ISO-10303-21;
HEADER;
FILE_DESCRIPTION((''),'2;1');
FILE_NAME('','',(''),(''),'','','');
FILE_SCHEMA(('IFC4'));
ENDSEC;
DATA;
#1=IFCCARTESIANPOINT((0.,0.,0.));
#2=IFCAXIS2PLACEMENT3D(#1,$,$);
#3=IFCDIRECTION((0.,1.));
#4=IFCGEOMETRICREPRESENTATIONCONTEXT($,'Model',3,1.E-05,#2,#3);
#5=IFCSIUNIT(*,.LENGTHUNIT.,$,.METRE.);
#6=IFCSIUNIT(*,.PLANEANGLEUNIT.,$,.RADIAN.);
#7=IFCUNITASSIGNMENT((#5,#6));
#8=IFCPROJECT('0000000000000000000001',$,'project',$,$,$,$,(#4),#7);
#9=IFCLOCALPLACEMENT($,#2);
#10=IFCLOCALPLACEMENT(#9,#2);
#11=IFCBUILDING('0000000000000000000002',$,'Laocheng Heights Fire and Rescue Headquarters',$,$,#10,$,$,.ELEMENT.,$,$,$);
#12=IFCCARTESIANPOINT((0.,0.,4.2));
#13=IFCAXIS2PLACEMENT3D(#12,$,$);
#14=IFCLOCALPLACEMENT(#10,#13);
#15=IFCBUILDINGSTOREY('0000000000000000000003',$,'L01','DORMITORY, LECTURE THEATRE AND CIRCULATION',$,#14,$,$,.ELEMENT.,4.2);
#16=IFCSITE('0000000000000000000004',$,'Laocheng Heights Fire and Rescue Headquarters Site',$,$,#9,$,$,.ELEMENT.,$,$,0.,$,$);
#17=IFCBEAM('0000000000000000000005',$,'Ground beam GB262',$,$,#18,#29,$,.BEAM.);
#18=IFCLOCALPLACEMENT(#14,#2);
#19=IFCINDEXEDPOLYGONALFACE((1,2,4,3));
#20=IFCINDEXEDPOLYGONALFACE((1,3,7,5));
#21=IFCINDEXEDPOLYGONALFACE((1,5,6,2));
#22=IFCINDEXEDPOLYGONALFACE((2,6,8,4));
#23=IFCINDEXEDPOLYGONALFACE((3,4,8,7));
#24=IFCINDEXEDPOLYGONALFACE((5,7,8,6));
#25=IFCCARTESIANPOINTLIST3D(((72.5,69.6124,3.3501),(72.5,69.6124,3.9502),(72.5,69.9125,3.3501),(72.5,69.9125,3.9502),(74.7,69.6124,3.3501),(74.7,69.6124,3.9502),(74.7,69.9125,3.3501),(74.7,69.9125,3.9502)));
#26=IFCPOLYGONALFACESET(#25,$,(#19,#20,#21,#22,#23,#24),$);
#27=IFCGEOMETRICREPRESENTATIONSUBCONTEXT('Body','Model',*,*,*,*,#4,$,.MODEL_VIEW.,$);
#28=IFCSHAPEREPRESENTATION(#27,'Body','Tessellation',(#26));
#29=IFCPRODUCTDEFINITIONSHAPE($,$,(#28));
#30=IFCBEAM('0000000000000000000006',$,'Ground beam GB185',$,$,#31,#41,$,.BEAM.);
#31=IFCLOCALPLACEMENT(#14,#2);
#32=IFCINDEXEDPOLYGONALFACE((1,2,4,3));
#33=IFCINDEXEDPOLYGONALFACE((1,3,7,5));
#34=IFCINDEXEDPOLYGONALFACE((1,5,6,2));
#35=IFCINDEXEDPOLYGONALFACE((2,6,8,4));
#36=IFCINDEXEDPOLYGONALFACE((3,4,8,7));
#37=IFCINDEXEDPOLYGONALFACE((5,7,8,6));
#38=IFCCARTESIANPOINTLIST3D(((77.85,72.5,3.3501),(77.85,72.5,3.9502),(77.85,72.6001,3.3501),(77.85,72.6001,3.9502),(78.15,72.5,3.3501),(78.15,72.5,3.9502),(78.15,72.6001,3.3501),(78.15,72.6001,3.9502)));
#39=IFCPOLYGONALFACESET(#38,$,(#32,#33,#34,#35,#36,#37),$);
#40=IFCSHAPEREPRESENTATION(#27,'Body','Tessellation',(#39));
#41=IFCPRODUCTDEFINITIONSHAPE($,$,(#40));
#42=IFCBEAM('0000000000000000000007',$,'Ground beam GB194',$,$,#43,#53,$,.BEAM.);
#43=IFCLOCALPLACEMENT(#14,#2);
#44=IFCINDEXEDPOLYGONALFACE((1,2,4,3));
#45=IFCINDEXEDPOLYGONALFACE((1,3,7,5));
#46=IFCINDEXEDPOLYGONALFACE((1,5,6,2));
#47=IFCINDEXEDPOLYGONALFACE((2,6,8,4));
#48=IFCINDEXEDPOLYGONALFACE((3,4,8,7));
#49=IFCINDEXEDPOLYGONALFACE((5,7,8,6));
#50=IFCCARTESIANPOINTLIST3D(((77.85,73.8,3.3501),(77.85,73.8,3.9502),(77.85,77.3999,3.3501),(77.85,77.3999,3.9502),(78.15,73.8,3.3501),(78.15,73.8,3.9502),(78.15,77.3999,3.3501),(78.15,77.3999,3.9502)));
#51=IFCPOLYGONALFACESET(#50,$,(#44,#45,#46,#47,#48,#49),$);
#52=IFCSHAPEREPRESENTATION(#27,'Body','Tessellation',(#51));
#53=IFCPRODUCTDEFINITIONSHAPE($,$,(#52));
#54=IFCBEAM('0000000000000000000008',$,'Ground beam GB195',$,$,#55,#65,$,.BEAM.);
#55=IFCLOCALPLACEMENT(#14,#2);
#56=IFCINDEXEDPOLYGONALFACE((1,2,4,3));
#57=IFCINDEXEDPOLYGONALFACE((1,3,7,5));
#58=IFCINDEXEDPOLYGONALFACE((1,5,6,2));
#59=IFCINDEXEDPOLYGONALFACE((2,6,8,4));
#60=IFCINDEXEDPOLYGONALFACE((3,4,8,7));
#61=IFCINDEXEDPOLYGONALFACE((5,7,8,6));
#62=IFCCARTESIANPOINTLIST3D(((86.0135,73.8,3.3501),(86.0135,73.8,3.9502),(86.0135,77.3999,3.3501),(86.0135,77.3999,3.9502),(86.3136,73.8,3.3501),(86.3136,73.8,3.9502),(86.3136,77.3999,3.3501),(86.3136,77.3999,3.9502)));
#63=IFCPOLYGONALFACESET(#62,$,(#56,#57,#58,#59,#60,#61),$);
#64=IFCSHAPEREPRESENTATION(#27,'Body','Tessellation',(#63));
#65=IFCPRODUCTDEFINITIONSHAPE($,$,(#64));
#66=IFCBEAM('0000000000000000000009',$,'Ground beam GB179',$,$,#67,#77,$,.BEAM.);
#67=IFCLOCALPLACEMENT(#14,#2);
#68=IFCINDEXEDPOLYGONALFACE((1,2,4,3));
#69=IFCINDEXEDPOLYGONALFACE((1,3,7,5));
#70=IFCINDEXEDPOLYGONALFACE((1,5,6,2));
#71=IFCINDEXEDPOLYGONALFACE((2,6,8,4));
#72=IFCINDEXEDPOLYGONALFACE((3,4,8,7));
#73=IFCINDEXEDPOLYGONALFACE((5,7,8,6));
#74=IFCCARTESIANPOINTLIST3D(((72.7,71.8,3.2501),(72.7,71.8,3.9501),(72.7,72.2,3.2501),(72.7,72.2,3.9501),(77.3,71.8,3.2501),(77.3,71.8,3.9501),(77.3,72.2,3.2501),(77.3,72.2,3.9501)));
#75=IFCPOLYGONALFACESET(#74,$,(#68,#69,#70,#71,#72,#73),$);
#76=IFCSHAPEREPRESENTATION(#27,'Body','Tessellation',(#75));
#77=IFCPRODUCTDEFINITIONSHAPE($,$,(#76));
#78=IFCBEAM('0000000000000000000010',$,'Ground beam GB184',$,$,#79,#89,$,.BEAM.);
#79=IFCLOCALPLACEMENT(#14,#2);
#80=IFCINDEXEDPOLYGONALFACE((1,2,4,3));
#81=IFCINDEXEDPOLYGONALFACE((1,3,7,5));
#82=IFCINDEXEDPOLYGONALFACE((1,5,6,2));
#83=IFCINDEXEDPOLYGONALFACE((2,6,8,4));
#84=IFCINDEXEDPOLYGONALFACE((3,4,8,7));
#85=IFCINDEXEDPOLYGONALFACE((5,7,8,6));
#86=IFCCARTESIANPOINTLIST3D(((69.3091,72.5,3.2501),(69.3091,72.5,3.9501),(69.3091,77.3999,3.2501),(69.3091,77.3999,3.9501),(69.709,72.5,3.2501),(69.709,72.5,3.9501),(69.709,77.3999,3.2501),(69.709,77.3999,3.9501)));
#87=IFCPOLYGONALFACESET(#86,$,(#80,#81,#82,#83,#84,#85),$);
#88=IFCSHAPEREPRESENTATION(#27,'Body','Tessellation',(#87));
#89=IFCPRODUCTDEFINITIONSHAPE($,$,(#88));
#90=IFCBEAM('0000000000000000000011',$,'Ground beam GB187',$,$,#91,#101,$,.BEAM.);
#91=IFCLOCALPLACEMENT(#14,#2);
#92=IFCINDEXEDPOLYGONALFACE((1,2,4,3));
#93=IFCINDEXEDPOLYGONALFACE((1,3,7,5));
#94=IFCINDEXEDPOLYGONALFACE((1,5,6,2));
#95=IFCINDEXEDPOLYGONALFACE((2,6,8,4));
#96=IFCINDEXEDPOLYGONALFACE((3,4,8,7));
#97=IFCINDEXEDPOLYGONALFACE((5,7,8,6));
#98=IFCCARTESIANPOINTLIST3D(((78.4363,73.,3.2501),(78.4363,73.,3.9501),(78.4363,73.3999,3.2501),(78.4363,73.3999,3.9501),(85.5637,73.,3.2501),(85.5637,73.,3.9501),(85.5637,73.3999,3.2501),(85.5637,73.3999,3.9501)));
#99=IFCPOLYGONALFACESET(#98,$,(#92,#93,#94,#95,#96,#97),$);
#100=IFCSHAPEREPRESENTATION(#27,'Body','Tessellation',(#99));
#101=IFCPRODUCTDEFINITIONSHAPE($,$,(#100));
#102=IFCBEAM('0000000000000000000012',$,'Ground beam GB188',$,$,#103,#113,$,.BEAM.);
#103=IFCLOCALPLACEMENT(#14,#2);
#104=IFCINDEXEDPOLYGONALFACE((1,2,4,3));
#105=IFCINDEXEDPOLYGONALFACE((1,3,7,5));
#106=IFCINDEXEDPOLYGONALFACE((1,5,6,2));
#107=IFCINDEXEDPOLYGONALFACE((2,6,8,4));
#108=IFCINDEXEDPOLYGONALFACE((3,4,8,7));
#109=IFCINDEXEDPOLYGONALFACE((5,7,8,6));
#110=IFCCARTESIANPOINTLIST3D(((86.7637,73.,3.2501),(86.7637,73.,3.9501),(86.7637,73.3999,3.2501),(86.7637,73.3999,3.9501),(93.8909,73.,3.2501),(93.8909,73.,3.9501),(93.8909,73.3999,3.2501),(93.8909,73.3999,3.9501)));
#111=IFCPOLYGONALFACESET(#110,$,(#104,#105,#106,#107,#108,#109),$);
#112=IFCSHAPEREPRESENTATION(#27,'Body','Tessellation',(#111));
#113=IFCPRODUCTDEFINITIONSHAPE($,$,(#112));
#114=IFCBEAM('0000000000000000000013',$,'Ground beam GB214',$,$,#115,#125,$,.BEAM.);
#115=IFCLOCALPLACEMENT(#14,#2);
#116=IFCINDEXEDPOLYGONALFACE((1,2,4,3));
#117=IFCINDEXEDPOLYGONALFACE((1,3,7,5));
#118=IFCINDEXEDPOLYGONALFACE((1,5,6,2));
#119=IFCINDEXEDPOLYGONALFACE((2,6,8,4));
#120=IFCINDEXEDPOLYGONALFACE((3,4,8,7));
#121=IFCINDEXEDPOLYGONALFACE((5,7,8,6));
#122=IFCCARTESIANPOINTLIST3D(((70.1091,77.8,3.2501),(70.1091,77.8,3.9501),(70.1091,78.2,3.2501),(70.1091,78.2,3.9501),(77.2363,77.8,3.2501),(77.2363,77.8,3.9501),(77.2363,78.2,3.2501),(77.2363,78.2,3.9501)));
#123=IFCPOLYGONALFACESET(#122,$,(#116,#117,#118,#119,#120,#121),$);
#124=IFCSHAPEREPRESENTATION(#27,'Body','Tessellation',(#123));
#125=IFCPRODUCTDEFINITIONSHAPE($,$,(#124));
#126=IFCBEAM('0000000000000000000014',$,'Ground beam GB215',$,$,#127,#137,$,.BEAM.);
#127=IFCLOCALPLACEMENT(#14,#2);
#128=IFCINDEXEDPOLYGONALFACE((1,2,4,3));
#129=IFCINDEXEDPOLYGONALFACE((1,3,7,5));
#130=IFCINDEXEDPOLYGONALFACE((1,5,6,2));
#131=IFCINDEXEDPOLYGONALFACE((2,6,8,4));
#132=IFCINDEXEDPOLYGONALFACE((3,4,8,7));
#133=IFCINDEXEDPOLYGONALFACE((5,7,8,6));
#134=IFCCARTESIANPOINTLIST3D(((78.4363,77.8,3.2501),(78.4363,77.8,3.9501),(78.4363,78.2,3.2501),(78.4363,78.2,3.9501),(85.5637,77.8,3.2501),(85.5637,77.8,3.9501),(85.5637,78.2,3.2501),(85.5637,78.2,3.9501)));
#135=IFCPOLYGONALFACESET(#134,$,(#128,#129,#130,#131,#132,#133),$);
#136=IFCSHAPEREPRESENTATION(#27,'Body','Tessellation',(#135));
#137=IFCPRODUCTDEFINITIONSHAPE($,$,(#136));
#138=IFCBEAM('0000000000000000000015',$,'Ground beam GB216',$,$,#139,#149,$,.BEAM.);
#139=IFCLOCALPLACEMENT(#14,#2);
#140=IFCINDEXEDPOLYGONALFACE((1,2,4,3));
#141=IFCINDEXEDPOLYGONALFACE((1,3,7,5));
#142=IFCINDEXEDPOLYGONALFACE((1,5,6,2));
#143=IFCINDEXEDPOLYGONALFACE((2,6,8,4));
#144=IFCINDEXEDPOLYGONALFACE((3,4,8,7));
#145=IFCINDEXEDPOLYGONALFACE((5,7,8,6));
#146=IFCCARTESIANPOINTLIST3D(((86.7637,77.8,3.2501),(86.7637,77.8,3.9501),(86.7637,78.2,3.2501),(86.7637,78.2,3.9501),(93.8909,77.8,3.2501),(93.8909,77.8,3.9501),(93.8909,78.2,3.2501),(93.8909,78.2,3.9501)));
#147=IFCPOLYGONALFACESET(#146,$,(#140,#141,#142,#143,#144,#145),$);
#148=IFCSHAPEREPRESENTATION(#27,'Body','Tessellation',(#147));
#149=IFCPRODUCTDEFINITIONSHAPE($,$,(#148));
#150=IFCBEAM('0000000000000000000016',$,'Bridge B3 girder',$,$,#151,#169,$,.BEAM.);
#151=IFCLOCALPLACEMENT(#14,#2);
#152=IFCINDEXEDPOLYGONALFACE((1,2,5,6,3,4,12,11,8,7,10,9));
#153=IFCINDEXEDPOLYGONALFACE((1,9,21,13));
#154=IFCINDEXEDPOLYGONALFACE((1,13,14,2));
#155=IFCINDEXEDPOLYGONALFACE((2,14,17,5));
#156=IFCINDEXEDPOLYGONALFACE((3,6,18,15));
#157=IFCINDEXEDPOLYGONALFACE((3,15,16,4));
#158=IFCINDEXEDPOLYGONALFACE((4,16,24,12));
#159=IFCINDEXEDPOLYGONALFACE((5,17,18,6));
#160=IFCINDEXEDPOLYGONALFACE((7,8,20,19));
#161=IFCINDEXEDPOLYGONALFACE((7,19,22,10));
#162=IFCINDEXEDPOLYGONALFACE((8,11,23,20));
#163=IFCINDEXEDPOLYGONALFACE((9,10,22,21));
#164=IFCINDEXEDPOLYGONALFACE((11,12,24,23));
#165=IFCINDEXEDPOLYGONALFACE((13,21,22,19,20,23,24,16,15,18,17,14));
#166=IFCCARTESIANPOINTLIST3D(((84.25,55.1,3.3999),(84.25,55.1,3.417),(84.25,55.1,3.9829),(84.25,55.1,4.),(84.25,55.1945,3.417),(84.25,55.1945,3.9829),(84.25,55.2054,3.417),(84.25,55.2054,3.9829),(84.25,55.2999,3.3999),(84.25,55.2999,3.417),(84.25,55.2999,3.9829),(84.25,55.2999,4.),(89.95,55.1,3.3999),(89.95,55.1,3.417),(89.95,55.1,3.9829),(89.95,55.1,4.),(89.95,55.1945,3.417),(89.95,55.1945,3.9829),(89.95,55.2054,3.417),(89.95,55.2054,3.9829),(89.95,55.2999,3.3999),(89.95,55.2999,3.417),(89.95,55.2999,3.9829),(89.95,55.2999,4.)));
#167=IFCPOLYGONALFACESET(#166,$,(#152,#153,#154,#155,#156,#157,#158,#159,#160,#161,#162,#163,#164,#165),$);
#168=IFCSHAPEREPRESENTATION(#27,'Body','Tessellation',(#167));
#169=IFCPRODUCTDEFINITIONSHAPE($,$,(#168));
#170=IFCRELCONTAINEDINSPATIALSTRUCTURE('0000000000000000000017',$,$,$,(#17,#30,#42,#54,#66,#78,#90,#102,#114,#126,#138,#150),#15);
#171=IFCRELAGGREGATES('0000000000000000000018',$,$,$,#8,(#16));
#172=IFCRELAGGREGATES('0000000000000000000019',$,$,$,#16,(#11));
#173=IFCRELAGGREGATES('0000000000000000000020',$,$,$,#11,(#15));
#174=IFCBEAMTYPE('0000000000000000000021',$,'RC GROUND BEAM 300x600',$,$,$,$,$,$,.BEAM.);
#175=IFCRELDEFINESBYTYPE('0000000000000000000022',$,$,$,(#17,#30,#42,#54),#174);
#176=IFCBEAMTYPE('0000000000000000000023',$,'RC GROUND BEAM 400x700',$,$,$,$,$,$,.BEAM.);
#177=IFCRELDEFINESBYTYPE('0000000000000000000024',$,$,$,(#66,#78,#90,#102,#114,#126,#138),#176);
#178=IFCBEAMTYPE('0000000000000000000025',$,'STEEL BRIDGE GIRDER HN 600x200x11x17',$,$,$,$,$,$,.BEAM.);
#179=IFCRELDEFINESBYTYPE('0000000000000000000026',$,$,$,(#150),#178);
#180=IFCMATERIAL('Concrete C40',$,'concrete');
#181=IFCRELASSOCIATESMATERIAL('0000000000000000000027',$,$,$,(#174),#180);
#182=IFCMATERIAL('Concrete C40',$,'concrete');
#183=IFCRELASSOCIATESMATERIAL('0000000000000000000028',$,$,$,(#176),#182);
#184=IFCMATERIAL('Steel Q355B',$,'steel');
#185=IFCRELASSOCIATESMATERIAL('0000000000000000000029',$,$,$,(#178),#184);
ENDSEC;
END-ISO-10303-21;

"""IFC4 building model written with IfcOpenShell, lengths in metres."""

from ifc_helpers import new_model, si_unit, direction, frame, origin, origin_2d, place, context, subcontext, project, spatial, rectangle, i_section, extrude, material, material_profile, profile_set, type_object, element, save


model = new_model("IFC4")

# Units and contexts
model_context = context("Model", 3, precision=1e-05, world=origin(), true_north=direction((0.0, 1.0)))
body_context = subcontext(model_context, "Body", "Model", "MODEL_VIEW")
ifc_project = project(units=[si_unit("LENGTHUNIT", "METRE"), si_unit("PLANEANGLEUNIT", "RADIAN")], contexts=[model_context])

# Site, building, storey
site_placement = place(None, origin())
site = spatial("IfcSite", under=ifc_project, at=site_placement, Name="Laocheng Heights Fire and Rescue Headquarters Site", CompositionType="ELEMENT", RefElevation=0.0)
building_placement = place(site_placement, origin())
building = spatial("IfcBuilding", under=site, at=building_placement, Name="Laocheng Heights Fire and Rescue Headquarters", CompositionType="ELEMENT")
storey_placement = place(building_placement, frame((0.0, 0.0, 4.2)))
storey = spatial("IfcBuildingStorey", under=building, at=storey_placement, Name="L01", Description="DORMITORY, LECTURE THEATRE AND CIRCULATION", CompositionType="ELEMENT", Elevation=4.2)

# Beams
ifc_material_1 = material(Name="Concrete C40", Category="concrete")
ifc_material_profile_1 = material_profile(ifc_material_1, rectangle(XDim=0.3, YDim=0.6001, at=origin_2d()), Name="RC GROUND BEAM 300x600")
ifc_profile_set_1 = profile_set([ifc_material_profile_1], Name="Concrete C40")
beam_type_1 = type_object("IfcBeamType", Name="RC GROUND BEAM 300x600", PredefinedType="BEAM", material=ifc_profile_set_1)
beam_1_placement = place(storey_placement, frame((72.5, 69.7625, 3.6501), z_axis=(1.0, 0.0, 0.0), x_axis=(0.0, 1.0, 0.0)))
element("IfcBeam", 1, at=beam_1_placement, inside=storey, type_object=beam_type_1, Name="Ground beam GB262", PredefinedType="BEAM", context=body_context, shape_type="SweptSolid", body=[
    extrude(rectangle(XDim=0.3, YDim=0.6001, at=origin_2d()), origin(), (0.0, 0.0, 1.0), 2.2),
])
beam_2_placement = place(storey_placement, frame((78.0, 72.5, 3.6501), z_axis=(0.0, 1.0, 0.0), x_axis=(-1.0, 0.0, 0.0)))
element("IfcBeam", 2, at=beam_2_placement, inside=storey, type_object=beam_type_1, Name="Ground beam GB185", PredefinedType="BEAM", context=body_context, shape_type="SweptSolid", body=[
    extrude(rectangle(XDim=0.3, YDim=0.6001, at=origin_2d()), origin(), (0.0, 0.0, 1.0), 0.1001),
])
for number, where, z_axis, x_axis, name in (
    (3, (78.0, 73.8, 3.6501), (0.0, 1.0, 0.0), (-1.0, 0.0, 0.0), "Ground beam GB194"),
    (4, (86.1636, 73.8, 3.6501), (0.0, 1.0, 0.0), (-1.0, 0.0, 0.0), "Ground beam GB195"),
):
    element("IfcBeam", number, at=place(storey_placement, frame(where, z_axis=z_axis, x_axis=x_axis)), inside=storey, type_object=beam_type_1, Name=name, PredefinedType="BEAM", context=body_context, shape_type="SweptSolid", body=[
        extrude(rectangle(XDim=0.3, YDim=0.6001, at=origin_2d()), origin(), (0.0, 0.0, 1.0), 3.5999),
    ])
ifc_material_2 = material(Name="Concrete C40", Category="concrete")
ifc_material_profile_2 = material_profile(ifc_material_2, rectangle(XDim=0.3999, YDim=0.7, at=origin_2d()), Name="RC GROUND BEAM 400x700")
ifc_profile_set_2 = profile_set([ifc_material_profile_2], Name="Concrete C40")
beam_type_2 = type_object("IfcBeamType", Name="RC GROUND BEAM 400x700", PredefinedType="BEAM", material=ifc_profile_set_2)
beam_3_placement = place(storey_placement, frame((72.7, 72.0, 3.6001), z_axis=(1.0, 0.0, 0.0), x_axis=(0.0, 1.0, 0.0)))
element("IfcBeam", 5, at=beam_3_placement, inside=storey, type_object=beam_type_2, Name="Ground beam GB179", PredefinedType="BEAM", context=body_context, shape_type="SweptSolid", body=[
    extrude(rectangle(XDim=0.3999, YDim=0.7, at=origin_2d()), origin(), (0.0, 0.0, 1.0), 4.6001),
])
beam_4_placement = place(storey_placement, frame((69.509, 72.5, 3.6001), z_axis=(0.0, 1.0, 0.0), x_axis=(-1.0, 0.0, 0.0)))
element("IfcBeam", 6, at=beam_4_placement, inside=storey, type_object=beam_type_2, Name="Ground beam GB184", PredefinedType="BEAM", context=body_context, shape_type="SweptSolid", body=[
    extrude(rectangle(XDim=0.3999, YDim=0.7, at=origin_2d()), origin(), (0.0, 0.0, 1.0), 4.8999),
])
beam_5_placement = place(storey_placement, frame((78.4363, 73.2, 3.6001), z_axis=(1.0, 0.0, 0.0), x_axis=(0.0, 1.0, 0.0)))
element("IfcBeam", 7, at=beam_5_placement, inside=storey, type_object=beam_type_2, Name="Ground beam GB187", PredefinedType="BEAM", context=body_context, shape_type="SweptSolid", body=[
    extrude(rectangle(XDim=0.3999, YDim=0.7, at=origin_2d()), origin(), (0.0, 0.0, 1.0), 7.1274),
])
for number, where, z_axis, x_axis, name in (
    (8, (86.7637, 73.2, 3.6001), (1.0, 0.0, 0.0), (0.0, 1.0, 0.0), "Ground beam GB188"),
    (9, (70.1091, 78.0, 3.6001), (1.0, 0.0, 0.0), (0.0, 1.0, 0.0), "Ground beam GB214"),
):
    element("IfcBeam", number, at=place(storey_placement, frame(where, z_axis=z_axis, x_axis=x_axis)), inside=storey, type_object=beam_type_2, Name=name, PredefinedType="BEAM", context=body_context, shape_type="SweptSolid", body=[
        extrude(rectangle(XDim=0.3999, YDim=0.7, at=origin_2d()), origin(), (0.0, 0.0, 1.0), 7.1272),
    ])
beam_6_placement = place(storey_placement, frame((78.4363, 78.0, 3.6001), z_axis=(1.0, 0.0, 0.0), x_axis=(0.0, 1.0, 0.0)))
element("IfcBeam", 10, at=beam_6_placement, inside=storey, type_object=beam_type_2, Name="Ground beam GB215", PredefinedType="BEAM", context=body_context, shape_type="SweptSolid", body=[
    extrude(rectangle(XDim=0.3999, YDim=0.7, at=origin_2d()), origin(), (0.0, 0.0, 1.0), 7.1274),
])
beam_7_placement = place(storey_placement, frame((86.7637, 78.0, 3.6001), z_axis=(1.0, 0.0, 0.0), x_axis=(0.0, 1.0, 0.0)))
element("IfcBeam", 11, at=beam_7_placement, inside=storey, type_object=beam_type_2, Name="Ground beam GB216", PredefinedType="BEAM", context=body_context, shape_type="SweptSolid", body=[
    extrude(rectangle(XDim=0.3999, YDim=0.7, at=origin_2d()), origin(), (0.0, 0.0, 1.0), 7.1272),
])
ifc_material_3 = material(Name="Steel Q355B", Category="steel")
ifc_material_profile_3 = material_profile(ifc_material_3, i_section(OverallWidth=0.2, OverallDepth=0.6001, WebThickness=0.011, FlangeThickness=0.0171, at=origin_2d()), Name="HN 600x200x11x17")
ifc_profile_set_3 = profile_set([ifc_material_profile_3], Name="Steel Q355B")
beam_type_3 = type_object("IfcBeamType", Name="STEEL BRIDGE GIRDER HN 600x200x11x17", PredefinedType="BEAM", material=ifc_profile_set_3)
beam_8_placement = place(storey_placement, frame((84.25, 55.2, 3.7), z_axis=(1.0, 0.0, 0.0), x_axis=(0.0, 1.0, 0.0)))
element("IfcBeam", 12, at=beam_8_placement, inside=storey, type_object=beam_type_3, Name="Bridge B3 girder", PredefinedType="BEAM", context=body_context, shape_type="SweptSolid", body=[
    extrude(i_section(OverallWidth=0.2, OverallDepth=0.6001, WebThickness=0.011, FlangeThickness=0.0171, at=origin_2d()), origin(), (0.0, 0.0, 1.0), 5.7),
])

save(model, "model.ifc")
